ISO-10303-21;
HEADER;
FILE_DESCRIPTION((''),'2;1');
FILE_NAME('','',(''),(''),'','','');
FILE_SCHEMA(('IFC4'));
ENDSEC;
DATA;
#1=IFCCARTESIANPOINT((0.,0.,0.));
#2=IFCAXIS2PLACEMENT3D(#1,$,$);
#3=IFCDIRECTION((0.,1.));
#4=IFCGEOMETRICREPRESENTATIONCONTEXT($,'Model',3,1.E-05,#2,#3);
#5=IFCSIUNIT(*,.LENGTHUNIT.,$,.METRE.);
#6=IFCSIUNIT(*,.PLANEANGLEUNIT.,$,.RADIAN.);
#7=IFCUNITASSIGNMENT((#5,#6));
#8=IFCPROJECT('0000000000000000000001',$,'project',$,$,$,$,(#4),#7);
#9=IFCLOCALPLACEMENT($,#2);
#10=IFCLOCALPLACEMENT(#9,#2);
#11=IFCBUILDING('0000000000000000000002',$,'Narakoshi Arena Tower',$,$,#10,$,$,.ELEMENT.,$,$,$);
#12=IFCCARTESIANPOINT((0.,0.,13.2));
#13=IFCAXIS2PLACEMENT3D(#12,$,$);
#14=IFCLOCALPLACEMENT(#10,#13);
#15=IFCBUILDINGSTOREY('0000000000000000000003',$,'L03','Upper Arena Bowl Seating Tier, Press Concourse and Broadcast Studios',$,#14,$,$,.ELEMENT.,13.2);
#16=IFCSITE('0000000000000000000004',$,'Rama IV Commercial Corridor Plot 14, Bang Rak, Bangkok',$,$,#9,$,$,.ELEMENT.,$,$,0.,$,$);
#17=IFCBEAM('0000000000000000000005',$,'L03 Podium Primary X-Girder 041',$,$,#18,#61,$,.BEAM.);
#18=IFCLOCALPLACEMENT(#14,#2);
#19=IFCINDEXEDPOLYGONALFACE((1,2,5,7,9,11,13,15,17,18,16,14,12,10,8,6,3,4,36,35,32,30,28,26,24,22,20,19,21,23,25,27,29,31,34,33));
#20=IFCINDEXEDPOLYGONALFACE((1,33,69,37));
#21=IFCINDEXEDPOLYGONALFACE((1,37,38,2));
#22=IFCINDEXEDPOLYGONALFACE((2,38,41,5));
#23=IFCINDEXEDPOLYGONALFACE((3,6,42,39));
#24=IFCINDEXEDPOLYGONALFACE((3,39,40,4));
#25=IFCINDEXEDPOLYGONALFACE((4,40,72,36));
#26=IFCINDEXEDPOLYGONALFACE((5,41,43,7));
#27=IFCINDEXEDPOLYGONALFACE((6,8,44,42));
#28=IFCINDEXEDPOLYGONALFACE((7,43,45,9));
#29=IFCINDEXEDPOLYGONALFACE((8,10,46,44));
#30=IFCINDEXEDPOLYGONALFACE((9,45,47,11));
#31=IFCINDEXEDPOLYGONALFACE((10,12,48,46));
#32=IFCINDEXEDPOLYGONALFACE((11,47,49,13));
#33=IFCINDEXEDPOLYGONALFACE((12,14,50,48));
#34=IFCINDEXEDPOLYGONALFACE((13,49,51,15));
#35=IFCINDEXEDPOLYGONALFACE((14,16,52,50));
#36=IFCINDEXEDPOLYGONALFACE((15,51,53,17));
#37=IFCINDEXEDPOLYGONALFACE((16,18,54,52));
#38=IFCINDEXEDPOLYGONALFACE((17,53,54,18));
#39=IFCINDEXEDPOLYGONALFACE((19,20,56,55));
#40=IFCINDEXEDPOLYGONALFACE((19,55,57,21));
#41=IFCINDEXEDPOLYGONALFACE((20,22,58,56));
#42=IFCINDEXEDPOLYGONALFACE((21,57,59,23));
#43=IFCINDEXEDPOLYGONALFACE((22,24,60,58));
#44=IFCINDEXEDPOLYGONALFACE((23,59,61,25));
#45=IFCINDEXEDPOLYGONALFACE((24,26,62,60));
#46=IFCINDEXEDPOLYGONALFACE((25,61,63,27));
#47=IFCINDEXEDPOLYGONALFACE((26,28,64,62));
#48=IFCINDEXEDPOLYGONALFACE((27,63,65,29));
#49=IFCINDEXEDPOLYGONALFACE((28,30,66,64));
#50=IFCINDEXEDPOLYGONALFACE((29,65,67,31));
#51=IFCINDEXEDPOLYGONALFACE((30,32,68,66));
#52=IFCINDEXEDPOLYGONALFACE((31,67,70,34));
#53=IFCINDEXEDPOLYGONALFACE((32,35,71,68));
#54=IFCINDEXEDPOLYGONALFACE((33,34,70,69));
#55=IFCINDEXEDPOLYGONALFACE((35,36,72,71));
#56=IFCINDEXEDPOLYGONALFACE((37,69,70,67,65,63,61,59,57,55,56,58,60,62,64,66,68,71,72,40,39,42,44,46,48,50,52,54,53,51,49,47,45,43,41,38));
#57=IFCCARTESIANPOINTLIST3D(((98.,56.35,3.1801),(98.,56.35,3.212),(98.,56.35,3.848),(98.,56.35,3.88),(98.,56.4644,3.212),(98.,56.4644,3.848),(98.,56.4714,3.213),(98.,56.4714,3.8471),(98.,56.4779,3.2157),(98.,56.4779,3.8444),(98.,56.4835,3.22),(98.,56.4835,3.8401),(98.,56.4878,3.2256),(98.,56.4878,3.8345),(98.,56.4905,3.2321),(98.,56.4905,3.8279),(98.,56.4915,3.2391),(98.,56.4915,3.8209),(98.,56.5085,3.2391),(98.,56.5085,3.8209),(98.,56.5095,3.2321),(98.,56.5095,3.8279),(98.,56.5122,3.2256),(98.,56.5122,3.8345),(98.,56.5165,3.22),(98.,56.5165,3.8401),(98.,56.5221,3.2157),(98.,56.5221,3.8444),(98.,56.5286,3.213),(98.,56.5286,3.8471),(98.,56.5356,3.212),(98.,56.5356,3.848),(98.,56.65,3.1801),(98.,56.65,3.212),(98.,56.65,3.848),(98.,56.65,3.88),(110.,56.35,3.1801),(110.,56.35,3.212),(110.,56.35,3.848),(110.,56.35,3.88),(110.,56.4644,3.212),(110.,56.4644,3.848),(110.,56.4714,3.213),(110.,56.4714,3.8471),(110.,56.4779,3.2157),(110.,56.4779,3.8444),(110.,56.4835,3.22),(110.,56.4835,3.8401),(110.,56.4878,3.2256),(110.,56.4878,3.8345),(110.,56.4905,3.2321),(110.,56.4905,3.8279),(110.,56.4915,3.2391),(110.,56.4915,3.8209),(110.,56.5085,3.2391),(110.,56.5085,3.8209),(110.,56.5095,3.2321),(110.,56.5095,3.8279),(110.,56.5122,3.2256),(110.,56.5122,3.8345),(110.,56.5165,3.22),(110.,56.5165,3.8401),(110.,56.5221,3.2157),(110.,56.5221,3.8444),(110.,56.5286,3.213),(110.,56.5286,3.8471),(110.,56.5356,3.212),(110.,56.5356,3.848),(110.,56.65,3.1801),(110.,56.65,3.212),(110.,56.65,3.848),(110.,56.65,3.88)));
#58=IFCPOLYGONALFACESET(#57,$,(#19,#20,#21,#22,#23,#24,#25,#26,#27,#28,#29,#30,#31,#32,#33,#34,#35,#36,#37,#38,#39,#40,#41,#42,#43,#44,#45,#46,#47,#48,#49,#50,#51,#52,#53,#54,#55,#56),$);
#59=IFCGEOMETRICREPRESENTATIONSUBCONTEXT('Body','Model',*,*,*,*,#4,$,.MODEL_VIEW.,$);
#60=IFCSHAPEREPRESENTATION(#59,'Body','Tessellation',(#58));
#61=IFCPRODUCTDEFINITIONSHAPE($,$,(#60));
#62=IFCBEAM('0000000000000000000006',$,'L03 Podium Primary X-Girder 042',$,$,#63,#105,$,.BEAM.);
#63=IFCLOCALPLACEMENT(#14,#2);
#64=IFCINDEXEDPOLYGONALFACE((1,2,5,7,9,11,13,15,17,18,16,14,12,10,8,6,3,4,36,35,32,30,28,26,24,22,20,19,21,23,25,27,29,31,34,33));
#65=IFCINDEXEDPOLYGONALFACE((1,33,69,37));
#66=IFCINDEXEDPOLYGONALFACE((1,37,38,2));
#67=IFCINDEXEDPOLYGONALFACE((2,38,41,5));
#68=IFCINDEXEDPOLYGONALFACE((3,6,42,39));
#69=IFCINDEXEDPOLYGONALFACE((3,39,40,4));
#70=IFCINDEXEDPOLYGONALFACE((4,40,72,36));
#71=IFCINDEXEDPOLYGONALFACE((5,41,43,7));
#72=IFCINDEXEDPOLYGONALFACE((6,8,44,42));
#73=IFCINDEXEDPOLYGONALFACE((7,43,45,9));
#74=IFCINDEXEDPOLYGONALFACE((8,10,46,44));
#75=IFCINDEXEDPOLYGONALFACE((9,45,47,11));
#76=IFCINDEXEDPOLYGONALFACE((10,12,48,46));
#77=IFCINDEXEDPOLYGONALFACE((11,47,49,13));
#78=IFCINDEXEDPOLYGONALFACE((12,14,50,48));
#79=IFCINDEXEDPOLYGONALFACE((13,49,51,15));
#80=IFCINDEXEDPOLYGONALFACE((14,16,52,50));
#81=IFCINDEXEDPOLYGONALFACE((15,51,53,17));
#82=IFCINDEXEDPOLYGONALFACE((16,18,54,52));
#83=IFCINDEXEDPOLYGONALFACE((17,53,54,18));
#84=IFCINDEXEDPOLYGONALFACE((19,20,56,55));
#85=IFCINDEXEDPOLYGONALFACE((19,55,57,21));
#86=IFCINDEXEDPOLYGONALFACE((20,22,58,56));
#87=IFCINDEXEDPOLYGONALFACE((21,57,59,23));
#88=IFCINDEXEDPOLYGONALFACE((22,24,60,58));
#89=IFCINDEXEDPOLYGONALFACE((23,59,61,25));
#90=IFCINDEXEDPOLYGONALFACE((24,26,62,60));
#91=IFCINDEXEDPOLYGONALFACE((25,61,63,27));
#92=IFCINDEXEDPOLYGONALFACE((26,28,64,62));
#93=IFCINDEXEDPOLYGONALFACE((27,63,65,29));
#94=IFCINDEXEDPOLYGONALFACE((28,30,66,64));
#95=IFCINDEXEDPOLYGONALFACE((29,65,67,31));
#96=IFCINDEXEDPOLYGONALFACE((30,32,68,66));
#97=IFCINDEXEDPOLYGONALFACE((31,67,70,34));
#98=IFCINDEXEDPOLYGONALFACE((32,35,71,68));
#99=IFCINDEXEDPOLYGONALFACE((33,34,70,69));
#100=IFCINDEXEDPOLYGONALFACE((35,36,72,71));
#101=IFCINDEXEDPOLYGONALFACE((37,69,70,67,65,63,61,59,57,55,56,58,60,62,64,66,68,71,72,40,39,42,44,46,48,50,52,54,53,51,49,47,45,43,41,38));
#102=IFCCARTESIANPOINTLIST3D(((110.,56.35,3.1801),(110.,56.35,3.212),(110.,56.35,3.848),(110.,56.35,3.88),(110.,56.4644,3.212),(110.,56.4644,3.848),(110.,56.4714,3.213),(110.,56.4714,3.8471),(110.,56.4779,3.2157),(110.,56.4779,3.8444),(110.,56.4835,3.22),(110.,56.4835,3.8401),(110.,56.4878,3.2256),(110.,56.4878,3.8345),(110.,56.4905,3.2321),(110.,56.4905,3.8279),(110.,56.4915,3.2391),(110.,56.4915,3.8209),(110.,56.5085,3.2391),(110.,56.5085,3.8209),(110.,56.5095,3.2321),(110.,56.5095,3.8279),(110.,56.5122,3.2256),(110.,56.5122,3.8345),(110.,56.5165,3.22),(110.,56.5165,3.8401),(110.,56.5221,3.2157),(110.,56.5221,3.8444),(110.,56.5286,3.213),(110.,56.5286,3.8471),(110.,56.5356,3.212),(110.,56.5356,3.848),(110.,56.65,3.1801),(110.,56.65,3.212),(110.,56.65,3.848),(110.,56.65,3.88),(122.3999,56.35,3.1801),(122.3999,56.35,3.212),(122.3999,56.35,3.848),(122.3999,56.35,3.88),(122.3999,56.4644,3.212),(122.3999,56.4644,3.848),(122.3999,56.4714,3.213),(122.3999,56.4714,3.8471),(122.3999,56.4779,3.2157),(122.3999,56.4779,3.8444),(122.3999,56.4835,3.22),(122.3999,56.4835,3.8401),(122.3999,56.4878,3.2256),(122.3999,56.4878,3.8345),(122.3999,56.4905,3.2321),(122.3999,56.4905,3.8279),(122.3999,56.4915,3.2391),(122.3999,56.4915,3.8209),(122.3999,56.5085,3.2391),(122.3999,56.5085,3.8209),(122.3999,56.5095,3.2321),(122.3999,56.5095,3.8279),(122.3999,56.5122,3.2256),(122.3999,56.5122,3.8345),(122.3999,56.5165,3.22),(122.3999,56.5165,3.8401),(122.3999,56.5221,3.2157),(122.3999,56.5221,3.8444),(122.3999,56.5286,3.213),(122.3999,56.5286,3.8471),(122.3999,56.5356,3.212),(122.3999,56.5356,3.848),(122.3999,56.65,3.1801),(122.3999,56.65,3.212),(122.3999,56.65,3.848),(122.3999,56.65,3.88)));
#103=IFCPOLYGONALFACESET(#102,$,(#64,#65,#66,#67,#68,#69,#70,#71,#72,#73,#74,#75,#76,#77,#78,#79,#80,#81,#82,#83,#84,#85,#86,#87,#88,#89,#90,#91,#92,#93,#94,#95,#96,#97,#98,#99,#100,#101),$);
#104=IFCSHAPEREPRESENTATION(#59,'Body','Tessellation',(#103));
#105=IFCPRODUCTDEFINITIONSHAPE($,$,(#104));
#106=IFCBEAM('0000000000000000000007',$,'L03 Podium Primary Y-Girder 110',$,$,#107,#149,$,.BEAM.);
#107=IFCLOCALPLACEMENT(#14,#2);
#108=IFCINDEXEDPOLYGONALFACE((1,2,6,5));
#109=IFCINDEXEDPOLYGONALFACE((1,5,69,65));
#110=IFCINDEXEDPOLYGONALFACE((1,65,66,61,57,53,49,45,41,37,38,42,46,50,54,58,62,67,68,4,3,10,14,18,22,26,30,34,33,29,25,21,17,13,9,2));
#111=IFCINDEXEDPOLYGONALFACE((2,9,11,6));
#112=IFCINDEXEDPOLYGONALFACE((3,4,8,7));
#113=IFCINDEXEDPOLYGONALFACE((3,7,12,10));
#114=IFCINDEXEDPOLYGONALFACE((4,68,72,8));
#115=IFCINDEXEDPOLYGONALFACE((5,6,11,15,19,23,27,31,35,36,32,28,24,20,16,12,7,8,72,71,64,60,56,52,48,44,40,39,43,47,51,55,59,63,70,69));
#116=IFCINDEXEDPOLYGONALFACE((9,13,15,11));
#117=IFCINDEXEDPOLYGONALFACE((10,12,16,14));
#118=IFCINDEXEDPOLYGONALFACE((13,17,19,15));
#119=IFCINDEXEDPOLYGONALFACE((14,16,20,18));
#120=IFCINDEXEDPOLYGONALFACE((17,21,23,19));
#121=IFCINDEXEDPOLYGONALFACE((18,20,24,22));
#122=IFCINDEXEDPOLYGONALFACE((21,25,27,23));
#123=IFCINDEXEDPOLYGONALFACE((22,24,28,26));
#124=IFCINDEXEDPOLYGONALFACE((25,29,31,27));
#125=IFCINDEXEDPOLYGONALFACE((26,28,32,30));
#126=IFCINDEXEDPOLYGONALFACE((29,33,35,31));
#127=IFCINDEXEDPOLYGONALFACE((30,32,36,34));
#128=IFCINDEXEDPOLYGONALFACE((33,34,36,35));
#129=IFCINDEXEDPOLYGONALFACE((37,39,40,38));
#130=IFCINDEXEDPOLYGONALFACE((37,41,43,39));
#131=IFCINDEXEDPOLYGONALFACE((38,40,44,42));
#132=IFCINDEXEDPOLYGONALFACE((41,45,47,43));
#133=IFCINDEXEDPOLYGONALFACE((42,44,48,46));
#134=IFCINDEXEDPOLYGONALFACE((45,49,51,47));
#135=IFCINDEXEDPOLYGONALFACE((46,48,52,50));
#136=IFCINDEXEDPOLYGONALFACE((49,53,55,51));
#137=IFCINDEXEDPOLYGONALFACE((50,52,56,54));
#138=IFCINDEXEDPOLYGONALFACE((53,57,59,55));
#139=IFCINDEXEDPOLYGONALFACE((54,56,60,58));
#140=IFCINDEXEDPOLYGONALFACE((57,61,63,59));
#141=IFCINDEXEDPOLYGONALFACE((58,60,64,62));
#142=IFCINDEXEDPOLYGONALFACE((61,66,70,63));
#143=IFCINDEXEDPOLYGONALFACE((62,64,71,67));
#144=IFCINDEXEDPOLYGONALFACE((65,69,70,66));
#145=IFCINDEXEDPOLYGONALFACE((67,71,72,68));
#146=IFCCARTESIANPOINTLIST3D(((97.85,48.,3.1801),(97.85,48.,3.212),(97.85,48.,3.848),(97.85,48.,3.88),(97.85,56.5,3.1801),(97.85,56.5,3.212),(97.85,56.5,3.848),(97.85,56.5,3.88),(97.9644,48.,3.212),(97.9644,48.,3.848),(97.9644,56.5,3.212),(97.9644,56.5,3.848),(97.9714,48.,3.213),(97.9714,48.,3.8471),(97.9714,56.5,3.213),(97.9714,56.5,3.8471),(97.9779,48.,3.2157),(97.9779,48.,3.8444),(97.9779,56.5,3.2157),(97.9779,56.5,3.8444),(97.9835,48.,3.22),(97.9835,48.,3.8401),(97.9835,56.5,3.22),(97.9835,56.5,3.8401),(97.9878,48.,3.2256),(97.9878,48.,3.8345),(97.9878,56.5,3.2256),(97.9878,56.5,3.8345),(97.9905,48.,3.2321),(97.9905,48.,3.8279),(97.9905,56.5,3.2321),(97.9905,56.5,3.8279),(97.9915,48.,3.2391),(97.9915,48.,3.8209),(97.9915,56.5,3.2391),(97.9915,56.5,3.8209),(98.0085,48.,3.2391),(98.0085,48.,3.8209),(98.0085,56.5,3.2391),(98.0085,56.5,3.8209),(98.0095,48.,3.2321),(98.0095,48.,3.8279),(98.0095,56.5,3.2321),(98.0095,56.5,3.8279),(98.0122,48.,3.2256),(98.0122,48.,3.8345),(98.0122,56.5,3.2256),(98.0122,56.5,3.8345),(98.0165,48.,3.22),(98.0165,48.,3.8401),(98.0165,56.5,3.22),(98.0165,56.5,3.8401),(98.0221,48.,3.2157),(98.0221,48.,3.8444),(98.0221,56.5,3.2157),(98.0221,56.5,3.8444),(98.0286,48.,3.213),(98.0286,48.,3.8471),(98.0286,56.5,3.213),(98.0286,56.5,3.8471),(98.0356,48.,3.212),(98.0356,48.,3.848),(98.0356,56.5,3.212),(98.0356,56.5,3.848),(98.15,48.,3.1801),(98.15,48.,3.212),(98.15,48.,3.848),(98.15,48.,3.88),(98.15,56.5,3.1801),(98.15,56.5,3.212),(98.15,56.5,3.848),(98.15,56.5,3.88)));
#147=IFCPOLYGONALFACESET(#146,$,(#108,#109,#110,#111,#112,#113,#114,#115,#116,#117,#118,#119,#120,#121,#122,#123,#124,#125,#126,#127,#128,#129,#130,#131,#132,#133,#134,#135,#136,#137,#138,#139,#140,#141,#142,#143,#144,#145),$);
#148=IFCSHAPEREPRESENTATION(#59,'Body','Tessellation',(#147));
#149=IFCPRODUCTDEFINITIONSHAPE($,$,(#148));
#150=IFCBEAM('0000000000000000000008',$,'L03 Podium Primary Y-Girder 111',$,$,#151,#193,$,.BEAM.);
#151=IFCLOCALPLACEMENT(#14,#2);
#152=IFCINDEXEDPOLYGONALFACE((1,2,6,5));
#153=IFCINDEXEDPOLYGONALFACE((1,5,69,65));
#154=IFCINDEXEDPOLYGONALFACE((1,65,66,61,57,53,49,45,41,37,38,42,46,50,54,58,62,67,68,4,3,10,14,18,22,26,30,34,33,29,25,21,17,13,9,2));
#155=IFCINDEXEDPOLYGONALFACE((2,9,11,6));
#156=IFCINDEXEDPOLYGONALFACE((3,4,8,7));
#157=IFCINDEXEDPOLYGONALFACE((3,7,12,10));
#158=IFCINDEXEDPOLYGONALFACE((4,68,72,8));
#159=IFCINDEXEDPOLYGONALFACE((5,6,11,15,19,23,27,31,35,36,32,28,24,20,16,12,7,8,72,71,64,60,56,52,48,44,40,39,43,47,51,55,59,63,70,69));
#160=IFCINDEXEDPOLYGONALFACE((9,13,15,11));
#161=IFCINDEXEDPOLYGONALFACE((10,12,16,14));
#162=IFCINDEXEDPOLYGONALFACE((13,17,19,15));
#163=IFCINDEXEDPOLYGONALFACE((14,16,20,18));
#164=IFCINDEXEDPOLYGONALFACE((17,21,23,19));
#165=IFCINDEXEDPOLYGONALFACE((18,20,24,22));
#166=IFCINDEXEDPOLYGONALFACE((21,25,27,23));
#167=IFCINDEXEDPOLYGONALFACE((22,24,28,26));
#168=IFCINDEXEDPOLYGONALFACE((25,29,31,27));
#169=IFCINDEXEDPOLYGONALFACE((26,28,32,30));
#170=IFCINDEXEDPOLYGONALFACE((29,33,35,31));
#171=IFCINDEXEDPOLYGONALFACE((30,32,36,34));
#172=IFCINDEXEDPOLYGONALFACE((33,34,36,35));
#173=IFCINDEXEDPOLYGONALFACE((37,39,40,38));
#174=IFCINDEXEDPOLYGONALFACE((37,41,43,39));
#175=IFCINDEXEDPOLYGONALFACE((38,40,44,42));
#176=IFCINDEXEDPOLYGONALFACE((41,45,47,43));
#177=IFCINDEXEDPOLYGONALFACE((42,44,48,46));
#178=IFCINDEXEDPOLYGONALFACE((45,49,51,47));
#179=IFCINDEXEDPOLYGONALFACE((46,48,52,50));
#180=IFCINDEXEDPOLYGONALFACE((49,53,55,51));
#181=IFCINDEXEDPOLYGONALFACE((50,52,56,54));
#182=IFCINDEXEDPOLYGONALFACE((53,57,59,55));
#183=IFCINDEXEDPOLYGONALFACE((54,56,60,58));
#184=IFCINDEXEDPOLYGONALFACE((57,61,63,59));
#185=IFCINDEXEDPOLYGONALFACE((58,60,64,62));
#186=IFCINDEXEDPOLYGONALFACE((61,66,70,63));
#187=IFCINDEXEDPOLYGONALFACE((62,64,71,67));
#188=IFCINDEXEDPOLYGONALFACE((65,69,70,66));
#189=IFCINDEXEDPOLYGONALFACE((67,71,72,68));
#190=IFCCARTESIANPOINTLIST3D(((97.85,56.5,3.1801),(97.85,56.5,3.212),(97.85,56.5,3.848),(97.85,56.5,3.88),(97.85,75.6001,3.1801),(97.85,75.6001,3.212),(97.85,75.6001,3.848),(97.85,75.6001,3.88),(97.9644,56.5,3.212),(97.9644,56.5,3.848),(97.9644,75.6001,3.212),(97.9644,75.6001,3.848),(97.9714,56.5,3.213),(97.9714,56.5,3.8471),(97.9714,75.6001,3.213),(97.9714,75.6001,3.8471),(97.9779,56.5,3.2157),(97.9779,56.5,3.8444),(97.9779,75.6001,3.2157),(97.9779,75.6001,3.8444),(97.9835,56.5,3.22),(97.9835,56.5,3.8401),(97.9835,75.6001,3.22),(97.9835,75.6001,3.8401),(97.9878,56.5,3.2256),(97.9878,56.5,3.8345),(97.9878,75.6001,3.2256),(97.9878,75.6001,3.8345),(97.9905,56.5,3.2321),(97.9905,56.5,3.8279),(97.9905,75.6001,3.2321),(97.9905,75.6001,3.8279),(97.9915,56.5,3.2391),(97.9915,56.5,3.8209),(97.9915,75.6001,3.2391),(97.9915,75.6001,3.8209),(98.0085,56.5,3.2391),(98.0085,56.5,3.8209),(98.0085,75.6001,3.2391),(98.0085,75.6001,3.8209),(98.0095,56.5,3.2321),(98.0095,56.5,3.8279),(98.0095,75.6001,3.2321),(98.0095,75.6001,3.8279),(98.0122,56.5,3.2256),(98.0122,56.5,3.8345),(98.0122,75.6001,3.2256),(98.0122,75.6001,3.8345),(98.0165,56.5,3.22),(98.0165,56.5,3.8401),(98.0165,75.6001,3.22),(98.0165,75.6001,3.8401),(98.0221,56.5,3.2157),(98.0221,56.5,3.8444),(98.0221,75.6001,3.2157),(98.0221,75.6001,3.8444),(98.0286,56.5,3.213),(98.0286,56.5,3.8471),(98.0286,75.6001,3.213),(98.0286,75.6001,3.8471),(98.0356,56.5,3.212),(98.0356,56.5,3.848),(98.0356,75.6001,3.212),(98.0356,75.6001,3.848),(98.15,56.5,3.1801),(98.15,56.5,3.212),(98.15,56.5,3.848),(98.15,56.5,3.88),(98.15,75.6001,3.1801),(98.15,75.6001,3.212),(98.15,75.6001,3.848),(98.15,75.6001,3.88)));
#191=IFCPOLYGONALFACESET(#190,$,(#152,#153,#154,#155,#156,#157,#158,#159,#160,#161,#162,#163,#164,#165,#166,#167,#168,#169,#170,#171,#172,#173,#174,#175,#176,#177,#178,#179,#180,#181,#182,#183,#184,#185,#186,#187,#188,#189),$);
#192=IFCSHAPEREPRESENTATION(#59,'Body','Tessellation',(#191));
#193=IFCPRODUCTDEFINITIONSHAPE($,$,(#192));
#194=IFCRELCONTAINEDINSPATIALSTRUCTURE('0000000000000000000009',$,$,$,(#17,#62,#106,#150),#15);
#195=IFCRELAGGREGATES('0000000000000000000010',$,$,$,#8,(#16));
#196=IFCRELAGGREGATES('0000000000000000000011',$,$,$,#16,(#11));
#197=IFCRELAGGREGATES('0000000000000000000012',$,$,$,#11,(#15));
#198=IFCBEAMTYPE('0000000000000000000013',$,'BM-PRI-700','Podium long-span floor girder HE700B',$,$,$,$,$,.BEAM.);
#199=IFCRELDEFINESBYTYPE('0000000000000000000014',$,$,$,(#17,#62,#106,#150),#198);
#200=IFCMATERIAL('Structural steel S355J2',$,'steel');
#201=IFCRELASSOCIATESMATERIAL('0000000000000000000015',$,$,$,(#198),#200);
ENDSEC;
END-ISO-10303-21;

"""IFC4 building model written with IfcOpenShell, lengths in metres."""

from ifc_helpers import new_model, si_unit, direction, frame, origin, origin_2d, place, context, subcontext, project, spatial, i_section, extrude, material, material_profile, profile_set, type_object, element, save


model = new_model("IFC4")

# Units and contexts
model_context = context("Model", 3, precision=1e-05, world=origin(), true_north=direction((0.0, 1.0)))
body_context = subcontext(model_context, "Body", "Model", "MODEL_VIEW")
ifc_project = project(units=[si_unit("LENGTHUNIT", "METRE"), si_unit("PLANEANGLEUNIT", "RADIAN")], contexts=[model_context])

# Site, building, storey
site_placement = place(None, origin())
site = spatial("IfcSite", under=ifc_project, at=site_placement, Name="Rama IV Commercial Corridor Plot 14, Bang Rak, Bangkok", CompositionType="ELEMENT", RefElevation=0.0)
building_placement = place(site_placement, origin())
building = spatial("IfcBuilding", under=site, at=building_placement, Name="Narakoshi Arena Tower", CompositionType="ELEMENT")
storey_placement = place(building_placement, frame((0.0, 0.0, 13.2)))
storey = spatial("IfcBuildingStorey", under=building, at=storey_placement, Name="L03", Description="Upper Arena Bowl Seating Tier, Press Concourse and Broadcast Studios", CompositionType="ELEMENT", Elevation=13.2)

# Beams
ifc_material_1 = material(Name="Structural steel S355J2", Category="steel")
ifc_material_profile_1 = material_profile(ifc_material_1, i_section(OverallWidth=0.3, OverallDepth=0.7, WebThickness=0.0171, FlangeThickness=0.032, FilletRadius=0.0271, at=origin_2d()), Name="HE700B")
ifc_profile_set_1 = profile_set([ifc_material_profile_1], Name="Structural steel S355J2")
beam_type_1 = type_object("IfcBeamType", Name="BM-PRI-700", Description="Podium long-span floor girder HE700B", PredefinedType="BEAM", material=ifc_profile_set_1)
beam_1_placement = place(storey_placement, frame((98.0, 56.5, 3.53), z_axis=(1.0, 0.0, 0.0), x_axis=(0.0, 1.0, 0.0)))
element("IfcBeam", 1, at=beam_1_placement, inside=storey, type_object=beam_type_1, Name="L03 Podium Primary X-Girder 041", PredefinedType="BEAM", context=body_context, shape_type="SweptSolid", body=[
    extrude(i_section(OverallWidth=0.3, OverallDepth=0.7, WebThickness=0.0171, FlangeThickness=0.032, FilletRadius=0.0271, at=origin_2d()), origin(), (0.0, 0.0, 1.0), 12.0),
])
beam_2_placement = place(storey_placement, frame((110.0, 56.5, 3.53), z_axis=(1.0, 0.0, 0.0), x_axis=(0.0, 1.0, 0.0)))
element("IfcBeam", 2, at=beam_2_placement, inside=storey, type_object=beam_type_1, Name="L03 Podium Primary X-Girder 042", PredefinedType="BEAM", context=body_context, shape_type="SweptSolid", body=[
    extrude(i_section(OverallWidth=0.3, OverallDepth=0.7, WebThickness=0.0171, FlangeThickness=0.032, FilletRadius=0.0271, at=origin_2d()), origin(), (0.0, 0.0, 1.0), 12.3999),
])
beam_3_placement = place(storey_placement, frame((98.0, 48.0, 3.53), z_axis=(0.0, 1.0, 0.0), x_axis=(-1.0, 0.0, 0.0)))
element("IfcBeam", 3, at=beam_3_placement, inside=storey, type_object=beam_type_1, Name="L03 Podium Primary Y-Girder 110", PredefinedType="BEAM", context=body_context, shape_type="SweptSolid", body=[
    extrude(i_section(OverallWidth=0.3, OverallDepth=0.7, WebThickness=0.0171, FlangeThickness=0.032, FilletRadius=0.0271, at=origin_2d()), origin(), (0.0, 0.0, 1.0), 8.5),
])
beam_4_placement = place(storey_placement, frame((98.0, 56.5, 3.53), z_axis=(0.0, 1.0, 0.0), x_axis=(-1.0, 0.0, 0.0)))
element("IfcBeam", 4, at=beam_4_placement, inside=storey, type_object=beam_type_1, Name="L03 Podium Primary Y-Girder 111", PredefinedType="BEAM", context=body_context, shape_type="SweptSolid", body=[
    extrude(i_section(OverallWidth=0.3, OverallDepth=0.7, WebThickness=0.0171, FlangeThickness=0.032, FilletRadius=0.0271, at=origin_2d()), origin(), (0.0, 0.0, 1.0), 19.1001),
])

save(model, "model.ifc")
